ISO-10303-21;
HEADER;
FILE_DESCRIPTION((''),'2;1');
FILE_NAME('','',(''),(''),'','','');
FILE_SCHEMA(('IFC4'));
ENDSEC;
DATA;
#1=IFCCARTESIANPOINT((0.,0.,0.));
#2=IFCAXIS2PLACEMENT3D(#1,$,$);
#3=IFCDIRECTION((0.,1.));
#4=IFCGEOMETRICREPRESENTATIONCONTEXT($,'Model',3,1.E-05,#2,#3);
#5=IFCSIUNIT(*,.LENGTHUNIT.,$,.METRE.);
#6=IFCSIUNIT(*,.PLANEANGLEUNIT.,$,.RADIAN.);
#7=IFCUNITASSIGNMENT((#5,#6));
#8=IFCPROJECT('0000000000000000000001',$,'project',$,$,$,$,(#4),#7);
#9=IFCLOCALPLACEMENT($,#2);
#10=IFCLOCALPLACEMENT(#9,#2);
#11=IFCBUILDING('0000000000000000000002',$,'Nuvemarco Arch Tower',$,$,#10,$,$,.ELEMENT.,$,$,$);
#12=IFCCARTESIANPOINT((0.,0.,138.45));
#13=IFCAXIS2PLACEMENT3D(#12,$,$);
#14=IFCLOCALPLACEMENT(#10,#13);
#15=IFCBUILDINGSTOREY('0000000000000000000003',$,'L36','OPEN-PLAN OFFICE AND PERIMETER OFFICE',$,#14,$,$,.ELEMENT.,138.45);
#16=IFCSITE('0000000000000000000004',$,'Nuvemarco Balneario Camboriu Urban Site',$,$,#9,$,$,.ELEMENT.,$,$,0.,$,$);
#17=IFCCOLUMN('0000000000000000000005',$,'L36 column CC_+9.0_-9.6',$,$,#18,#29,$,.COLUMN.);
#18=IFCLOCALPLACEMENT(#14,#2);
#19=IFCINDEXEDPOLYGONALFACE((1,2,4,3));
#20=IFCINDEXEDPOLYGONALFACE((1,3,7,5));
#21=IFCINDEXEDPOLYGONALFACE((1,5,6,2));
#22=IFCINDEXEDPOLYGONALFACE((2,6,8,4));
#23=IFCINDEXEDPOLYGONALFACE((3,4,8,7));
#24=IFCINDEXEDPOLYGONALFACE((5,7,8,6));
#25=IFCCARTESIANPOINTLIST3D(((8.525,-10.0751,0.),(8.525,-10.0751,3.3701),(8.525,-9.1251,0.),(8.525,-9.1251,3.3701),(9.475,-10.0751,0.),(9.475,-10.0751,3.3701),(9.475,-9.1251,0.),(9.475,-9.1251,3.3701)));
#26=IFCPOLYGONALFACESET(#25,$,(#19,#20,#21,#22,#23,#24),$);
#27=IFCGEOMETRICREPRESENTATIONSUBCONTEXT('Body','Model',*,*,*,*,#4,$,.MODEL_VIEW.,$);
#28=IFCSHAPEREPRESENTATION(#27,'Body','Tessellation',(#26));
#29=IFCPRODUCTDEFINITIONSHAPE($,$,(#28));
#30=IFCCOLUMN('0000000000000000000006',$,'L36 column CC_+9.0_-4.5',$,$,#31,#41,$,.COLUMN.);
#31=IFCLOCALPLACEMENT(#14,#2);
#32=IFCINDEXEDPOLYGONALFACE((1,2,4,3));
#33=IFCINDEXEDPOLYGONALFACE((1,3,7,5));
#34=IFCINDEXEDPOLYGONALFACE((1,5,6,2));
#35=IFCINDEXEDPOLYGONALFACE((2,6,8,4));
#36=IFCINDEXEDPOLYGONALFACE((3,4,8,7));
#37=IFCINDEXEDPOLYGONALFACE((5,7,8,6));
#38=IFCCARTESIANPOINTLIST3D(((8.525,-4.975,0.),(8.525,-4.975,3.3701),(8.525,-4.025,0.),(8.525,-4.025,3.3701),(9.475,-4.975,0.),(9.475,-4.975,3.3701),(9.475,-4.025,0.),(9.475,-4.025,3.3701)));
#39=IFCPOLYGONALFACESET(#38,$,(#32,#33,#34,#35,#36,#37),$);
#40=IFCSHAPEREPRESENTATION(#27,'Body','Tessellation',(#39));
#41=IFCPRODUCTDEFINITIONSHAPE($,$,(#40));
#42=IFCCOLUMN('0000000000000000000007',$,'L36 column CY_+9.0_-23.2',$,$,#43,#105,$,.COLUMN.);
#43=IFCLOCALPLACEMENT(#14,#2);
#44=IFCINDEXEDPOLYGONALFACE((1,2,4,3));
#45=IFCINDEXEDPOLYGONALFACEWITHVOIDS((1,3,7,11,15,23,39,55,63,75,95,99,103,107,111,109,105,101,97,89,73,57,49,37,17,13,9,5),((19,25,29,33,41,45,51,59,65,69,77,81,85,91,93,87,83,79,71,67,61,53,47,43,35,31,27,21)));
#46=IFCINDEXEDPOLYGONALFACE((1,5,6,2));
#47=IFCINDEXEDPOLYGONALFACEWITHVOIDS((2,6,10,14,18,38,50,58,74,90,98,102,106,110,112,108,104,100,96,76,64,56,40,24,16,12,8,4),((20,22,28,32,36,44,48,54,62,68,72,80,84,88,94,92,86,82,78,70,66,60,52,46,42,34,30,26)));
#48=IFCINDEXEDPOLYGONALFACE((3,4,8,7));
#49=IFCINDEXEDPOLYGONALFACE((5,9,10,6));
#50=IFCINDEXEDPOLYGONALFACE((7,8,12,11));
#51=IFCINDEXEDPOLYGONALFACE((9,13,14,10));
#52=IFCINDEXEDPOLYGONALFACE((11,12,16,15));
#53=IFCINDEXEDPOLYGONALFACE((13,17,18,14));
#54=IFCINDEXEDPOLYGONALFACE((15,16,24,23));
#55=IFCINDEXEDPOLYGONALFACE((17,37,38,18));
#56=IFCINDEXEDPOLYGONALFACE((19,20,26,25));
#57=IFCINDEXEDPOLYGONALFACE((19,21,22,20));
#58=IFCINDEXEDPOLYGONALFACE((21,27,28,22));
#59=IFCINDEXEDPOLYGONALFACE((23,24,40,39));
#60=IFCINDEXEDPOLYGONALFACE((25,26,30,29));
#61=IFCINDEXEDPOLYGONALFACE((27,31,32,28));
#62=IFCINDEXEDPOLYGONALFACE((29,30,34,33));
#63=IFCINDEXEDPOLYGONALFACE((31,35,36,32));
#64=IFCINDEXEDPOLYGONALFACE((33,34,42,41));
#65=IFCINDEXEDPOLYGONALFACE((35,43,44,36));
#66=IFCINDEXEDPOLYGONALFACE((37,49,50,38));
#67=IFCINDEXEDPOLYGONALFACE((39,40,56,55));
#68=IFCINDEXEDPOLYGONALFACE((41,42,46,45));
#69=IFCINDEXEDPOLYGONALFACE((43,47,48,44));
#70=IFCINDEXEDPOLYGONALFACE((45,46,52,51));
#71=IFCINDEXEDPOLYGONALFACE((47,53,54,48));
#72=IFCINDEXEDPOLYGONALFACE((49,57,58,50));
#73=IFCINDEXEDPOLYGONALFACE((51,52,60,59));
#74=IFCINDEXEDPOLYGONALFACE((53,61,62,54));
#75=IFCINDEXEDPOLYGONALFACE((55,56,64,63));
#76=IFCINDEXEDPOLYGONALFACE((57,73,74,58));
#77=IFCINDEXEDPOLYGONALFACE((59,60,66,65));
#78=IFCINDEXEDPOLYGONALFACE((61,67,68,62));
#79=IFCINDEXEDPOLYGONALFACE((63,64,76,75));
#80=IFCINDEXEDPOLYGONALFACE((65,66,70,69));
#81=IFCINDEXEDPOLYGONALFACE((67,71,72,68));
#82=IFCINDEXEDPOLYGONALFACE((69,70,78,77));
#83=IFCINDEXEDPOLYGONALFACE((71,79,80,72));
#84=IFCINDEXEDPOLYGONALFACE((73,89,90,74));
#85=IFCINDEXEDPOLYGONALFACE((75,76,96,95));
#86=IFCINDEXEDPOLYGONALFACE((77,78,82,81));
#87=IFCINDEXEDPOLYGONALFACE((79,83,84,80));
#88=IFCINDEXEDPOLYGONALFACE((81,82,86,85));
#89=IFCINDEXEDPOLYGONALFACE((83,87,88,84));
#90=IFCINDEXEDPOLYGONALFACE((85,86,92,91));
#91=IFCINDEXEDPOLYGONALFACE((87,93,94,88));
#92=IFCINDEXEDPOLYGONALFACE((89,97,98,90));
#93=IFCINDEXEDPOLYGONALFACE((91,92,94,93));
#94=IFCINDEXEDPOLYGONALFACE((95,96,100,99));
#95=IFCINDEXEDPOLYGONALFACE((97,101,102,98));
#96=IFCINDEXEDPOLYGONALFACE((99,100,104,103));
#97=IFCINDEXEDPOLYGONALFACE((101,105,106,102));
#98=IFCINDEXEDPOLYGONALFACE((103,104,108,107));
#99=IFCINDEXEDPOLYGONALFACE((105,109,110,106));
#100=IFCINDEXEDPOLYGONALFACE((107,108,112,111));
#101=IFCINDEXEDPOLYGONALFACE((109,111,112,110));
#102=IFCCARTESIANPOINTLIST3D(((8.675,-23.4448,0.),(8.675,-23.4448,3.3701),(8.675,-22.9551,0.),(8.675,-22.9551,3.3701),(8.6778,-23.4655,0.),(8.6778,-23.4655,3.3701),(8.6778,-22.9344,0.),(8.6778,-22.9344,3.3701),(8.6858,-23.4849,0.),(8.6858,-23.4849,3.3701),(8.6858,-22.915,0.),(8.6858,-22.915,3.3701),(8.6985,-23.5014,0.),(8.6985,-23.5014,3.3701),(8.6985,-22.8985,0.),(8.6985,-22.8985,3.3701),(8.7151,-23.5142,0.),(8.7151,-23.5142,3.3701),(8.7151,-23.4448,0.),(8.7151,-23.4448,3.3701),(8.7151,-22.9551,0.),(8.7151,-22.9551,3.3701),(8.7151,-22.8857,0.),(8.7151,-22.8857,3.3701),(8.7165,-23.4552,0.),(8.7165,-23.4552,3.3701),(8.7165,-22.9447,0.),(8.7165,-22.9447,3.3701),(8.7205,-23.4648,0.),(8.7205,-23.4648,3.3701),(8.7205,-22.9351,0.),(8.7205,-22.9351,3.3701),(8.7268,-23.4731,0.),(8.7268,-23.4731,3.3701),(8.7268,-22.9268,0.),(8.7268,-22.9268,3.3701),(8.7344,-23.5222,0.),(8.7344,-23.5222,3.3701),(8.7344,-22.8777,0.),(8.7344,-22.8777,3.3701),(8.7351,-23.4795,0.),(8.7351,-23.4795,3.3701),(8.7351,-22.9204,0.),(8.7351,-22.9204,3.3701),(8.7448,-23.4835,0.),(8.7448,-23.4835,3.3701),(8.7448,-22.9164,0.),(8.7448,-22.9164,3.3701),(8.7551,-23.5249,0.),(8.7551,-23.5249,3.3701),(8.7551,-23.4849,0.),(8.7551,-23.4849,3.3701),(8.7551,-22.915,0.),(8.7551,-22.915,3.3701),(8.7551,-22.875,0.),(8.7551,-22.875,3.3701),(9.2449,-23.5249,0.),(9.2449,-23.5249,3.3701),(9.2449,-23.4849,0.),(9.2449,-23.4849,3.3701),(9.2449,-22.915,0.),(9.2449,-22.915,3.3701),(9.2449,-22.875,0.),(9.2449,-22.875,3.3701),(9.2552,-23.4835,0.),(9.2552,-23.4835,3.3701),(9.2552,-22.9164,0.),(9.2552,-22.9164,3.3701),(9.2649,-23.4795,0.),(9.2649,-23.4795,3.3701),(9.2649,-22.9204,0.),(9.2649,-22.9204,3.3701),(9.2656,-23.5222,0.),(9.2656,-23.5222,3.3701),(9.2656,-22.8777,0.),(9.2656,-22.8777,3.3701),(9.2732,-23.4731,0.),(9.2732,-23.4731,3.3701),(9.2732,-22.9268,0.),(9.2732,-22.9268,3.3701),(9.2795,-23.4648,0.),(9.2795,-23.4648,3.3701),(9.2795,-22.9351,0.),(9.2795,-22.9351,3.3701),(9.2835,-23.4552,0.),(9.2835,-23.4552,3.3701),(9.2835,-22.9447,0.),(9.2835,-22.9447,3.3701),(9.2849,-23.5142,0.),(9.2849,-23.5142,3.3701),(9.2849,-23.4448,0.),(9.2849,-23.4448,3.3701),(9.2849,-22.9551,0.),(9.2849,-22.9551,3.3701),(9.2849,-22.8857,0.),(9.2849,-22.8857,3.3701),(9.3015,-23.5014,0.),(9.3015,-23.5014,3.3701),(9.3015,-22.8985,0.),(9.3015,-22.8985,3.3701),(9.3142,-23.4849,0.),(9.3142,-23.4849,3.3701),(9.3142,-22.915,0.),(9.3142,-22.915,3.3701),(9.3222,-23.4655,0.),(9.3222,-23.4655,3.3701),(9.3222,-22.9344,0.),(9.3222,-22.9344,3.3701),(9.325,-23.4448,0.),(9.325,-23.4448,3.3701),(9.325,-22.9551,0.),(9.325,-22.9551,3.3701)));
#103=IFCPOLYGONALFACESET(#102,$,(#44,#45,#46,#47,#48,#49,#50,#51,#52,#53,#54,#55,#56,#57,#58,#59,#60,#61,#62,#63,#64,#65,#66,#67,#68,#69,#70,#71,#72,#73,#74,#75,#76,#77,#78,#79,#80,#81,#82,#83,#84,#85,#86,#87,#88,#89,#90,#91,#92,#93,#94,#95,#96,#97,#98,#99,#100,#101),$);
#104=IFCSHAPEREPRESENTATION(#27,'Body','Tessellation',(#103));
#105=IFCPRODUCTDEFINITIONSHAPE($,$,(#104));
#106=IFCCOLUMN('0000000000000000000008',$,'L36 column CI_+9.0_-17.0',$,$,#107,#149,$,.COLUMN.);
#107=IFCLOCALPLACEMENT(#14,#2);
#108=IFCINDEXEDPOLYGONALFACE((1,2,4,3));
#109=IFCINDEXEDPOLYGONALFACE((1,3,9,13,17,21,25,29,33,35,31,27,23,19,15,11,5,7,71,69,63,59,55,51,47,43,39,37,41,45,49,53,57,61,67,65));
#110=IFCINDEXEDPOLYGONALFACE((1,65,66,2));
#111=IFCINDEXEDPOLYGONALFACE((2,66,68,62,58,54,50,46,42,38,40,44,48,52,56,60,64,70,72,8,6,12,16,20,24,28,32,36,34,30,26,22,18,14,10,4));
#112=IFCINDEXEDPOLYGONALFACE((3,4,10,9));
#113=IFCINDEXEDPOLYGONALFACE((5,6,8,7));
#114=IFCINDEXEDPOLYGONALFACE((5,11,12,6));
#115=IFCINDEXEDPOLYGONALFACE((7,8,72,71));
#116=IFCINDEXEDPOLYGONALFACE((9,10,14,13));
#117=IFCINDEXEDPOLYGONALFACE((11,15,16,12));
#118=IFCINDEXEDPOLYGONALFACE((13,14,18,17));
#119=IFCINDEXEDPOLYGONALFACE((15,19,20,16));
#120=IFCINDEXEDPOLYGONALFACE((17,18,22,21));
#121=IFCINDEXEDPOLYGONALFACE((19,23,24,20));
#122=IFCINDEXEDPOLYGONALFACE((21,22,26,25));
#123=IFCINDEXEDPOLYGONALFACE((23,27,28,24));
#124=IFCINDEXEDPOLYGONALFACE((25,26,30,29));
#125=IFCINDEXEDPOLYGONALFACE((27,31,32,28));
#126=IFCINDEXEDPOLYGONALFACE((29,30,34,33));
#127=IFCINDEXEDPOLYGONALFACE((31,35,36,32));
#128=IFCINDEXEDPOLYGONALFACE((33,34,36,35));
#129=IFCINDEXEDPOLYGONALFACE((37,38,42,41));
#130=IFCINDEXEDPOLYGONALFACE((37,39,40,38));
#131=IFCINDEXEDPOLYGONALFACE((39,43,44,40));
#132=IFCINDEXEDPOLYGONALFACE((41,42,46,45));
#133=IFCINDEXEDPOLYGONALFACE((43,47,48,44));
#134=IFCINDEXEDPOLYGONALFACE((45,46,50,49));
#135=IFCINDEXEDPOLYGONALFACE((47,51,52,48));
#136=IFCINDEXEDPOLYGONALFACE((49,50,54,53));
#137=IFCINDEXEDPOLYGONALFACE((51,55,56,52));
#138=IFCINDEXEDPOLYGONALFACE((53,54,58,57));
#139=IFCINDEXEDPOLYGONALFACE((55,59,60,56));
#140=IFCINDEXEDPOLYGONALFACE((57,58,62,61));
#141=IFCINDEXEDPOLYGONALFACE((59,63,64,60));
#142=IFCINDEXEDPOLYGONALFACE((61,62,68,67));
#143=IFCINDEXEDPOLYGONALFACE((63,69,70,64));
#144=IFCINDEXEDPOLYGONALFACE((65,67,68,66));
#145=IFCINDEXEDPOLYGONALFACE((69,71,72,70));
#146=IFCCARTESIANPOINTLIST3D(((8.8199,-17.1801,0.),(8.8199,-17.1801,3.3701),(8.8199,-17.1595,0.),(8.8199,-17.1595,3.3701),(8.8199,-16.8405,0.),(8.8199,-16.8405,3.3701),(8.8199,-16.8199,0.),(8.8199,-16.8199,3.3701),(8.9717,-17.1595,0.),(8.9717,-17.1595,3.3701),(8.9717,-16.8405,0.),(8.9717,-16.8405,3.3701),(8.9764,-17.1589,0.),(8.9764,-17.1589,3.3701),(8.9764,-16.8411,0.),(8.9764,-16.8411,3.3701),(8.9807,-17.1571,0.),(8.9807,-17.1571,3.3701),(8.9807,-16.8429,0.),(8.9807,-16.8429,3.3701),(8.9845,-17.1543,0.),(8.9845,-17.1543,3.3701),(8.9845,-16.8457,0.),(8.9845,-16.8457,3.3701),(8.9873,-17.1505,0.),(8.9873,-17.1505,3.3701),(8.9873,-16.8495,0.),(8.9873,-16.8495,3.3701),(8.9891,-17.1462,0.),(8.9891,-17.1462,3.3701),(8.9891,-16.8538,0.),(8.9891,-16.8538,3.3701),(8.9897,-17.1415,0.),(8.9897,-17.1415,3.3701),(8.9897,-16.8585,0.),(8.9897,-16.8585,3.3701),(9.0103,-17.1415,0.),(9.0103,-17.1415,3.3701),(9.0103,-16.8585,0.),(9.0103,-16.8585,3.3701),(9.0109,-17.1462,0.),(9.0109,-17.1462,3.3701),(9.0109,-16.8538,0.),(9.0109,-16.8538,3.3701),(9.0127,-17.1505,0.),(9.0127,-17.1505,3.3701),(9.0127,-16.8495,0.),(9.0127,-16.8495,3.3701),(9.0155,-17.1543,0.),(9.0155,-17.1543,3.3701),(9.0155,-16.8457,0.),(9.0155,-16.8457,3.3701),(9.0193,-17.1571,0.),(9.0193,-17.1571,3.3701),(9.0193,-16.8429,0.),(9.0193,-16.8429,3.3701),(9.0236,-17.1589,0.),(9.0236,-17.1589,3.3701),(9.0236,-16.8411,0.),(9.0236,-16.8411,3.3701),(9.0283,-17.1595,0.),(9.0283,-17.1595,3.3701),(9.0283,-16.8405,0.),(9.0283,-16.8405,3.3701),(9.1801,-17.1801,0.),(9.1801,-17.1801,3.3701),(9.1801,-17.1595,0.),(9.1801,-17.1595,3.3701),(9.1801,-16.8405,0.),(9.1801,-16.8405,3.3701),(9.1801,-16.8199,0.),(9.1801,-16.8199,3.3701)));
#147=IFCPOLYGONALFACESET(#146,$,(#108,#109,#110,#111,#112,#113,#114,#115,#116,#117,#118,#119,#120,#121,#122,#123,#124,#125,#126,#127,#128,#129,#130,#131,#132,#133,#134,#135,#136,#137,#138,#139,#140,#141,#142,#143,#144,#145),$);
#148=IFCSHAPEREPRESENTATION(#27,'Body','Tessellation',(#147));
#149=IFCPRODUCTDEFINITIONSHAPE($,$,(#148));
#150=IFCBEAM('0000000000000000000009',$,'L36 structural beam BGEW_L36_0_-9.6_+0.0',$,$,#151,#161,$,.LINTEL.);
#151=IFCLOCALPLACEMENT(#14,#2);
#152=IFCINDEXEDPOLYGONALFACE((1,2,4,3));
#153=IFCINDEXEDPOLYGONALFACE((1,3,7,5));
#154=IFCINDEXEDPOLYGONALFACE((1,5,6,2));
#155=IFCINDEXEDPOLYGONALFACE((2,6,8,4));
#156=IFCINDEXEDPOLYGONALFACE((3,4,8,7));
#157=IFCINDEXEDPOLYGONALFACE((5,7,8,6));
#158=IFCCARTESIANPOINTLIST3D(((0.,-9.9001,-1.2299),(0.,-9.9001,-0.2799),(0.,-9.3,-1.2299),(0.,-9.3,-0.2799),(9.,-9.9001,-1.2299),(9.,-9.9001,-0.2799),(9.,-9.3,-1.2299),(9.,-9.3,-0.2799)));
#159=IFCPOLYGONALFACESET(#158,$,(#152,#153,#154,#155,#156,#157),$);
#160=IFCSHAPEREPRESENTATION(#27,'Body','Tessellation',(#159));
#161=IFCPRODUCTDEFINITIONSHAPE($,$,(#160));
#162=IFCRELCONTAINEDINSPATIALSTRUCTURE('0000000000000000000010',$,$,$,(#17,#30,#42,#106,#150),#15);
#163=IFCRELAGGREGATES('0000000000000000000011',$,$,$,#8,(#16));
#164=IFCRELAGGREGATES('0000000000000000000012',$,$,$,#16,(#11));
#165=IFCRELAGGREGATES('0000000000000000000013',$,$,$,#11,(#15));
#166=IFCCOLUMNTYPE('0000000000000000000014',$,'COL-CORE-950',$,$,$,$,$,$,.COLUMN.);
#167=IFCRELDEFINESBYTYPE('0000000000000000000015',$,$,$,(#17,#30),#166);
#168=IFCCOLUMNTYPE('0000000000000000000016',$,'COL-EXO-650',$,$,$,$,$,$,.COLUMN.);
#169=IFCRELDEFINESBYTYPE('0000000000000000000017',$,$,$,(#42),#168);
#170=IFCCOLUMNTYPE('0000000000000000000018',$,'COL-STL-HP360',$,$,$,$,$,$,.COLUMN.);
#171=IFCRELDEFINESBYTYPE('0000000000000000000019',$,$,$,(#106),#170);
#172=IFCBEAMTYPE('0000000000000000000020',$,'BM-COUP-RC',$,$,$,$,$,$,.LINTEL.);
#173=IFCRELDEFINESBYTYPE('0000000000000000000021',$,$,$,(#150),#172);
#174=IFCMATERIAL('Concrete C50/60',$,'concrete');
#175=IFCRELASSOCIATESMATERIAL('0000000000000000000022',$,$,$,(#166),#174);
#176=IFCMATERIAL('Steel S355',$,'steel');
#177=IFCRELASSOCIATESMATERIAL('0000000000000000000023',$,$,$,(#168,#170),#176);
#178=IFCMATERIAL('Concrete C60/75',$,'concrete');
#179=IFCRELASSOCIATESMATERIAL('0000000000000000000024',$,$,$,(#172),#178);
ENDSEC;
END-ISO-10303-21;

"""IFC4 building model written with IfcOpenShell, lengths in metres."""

from ifc_helpers import new_model, si_unit, direction, frame, origin, origin_2d, place, context, subcontext, project, spatial, rectangle, hollow_rectangle, i_section, extrude, material, material_profile, profile_set, type_object, element, save


model = new_model("IFC4")

# Units and contexts
model_context = context("Model", 3, precision=1e-05, world=origin(), true_north=direction((0.0, 1.0)))
body_context = subcontext(model_context, "Body", "Model", "MODEL_VIEW")
ifc_project = project(units=[si_unit("LENGTHUNIT", "METRE"), si_unit("PLANEANGLEUNIT", "RADIAN")], contexts=[model_context])

# Site, building, storey
site_placement = place(None, origin())
site = spatial("IfcSite", under=ifc_project, at=site_placement, Name="Nuvemarco Balneario Camboriu Urban Site", CompositionType="ELEMENT", RefElevation=0.0)
building_placement = place(site_placement, origin())
building = spatial("IfcBuilding", under=site, at=building_placement, Name="Nuvemarco Arch Tower", CompositionType="ELEMENT")
storey_placement = place(building_placement, frame((0.0, 0.0, 138.45)))
storey = spatial("IfcBuildingStorey", under=building, at=storey_placement, Name="L36", Description="OPEN-PLAN OFFICE AND PERIMETER OFFICE", CompositionType="ELEMENT", Elevation=138.45)

# Columns
ifc_material_1 = material(Name="Concrete C50/60", Category="concrete")
ifc_material_profile_1 = material_profile(ifc_material_1, rectangle(XDim=0.95, YDim=0.95, at=origin_2d()), Name="RC-COL-950x950")
ifc_profile_set_1 = profile_set([ifc_material_profile_1], Name="Concrete C50/60")
column_type_1 = type_object("IfcColumnType", Name="COL-CORE-950", PredefinedType="COLUMN", material=ifc_profile_set_1)
for number, where, z_axis, x_axis, name in (
    (1, (9.0, -9.6001, 0.0), (0.0, 0.0, 1.0), (1.0, 0.0, 0.0), "L36 column CC_+9.0_-9.6"),
    (2, (9.0, -4.5, 0.0), (0.0, 0.0, 1.0), (1.0, 0.0, 0.0), "L36 column CC_+9.0_-4.5"),
):
    element("IfcColumn", number, at=place(storey_placement, frame(where, z_axis=z_axis, x_axis=x_axis)), inside=storey, type_object=column_type_1, Name=name, PredefinedType="COLUMN", context=body_context, shape_type="SweptSolid", body=[
        extrude(rectangle(XDim=0.95, YDim=0.95, at=origin_2d()), origin(), (0.0, 0.0, 1.0), 3.3701),
    ])
ifc_material_2 = material(Name="Steel S355", Category="steel")
ifc_material_profile_2 = material_profile(ifc_material_2, hollow_rectangle(XDim=0.6499, YDim=0.6499, WallThickness=0.04, InnerFilletRadius=0.04, OuterFilletRadius=0.0801, at=origin_2d()), Name="SHS650x650x40")
ifc_profile_set_2 = profile_set([ifc_material_profile_2], Name="Steel S355")
column_type_2 = type_object("IfcColumnType", Name="COL-EXO-650", PredefinedType="COLUMN", material=ifc_profile_set_2)
column_1_placement = place(storey_placement, frame((9.0, -23.2, 0.0), z_axis=(0.0, 0.0, 1.0), x_axis=(1.0, 0.0, 0.0)))
element("IfcColumn", 3, at=column_1_placement, inside=storey, type_object=column_type_2, Name="L36 column CY_+9.0_-23.2", PredefinedType="COLUMN", context=body_context, shape_type="SweptSolid", body=[
    extrude(hollow_rectangle(XDim=0.6499, YDim=0.6499, WallThickness=0.04, InnerFilletRadius=0.04, OuterFilletRadius=0.0801, at=origin_2d()), origin(), (0.0, 0.0, 1.0), 3.3701),
])
ifc_material_profile_3 = material_profile(ifc_material_2, i_section(OverallWidth=0.3601, OverallDepth=0.3601, WebThickness=0.0205, FlangeThickness=0.0205, FilletRadius=0.0181, at=origin_2d()), Name="HP360x174")
ifc_profile_set_3 = profile_set([ifc_material_profile_3], Name="Steel S355")
column_type_3 = type_object("IfcColumnType", Name="COL-STL-HP360", PredefinedType="COLUMN", material=ifc_profile_set_3)
column_2_placement = place(storey_placement, frame((9.0, -17.0, 0.0), z_axis=(0.0, 0.0, 1.0), x_axis=(1.0, 0.0, 0.0)))
element("IfcColumn", 4, at=column_2_placement, inside=storey, type_object=column_type_3, Name="L36 column CI_+9.0_-17.0", PredefinedType="COLUMN", context=body_context, shape_type="SweptSolid", body=[
    extrude(i_section(OverallWidth=0.3601, OverallDepth=0.3601, WebThickness=0.0205, FlangeThickness=0.0205, FilletRadius=0.0181, at=origin_2d()), origin(), (0.0, 0.0, 1.0), 3.3701),
])

# Beam
ifc_material_3 = material(Name="Concrete C60/75", Category="concrete")
ifc_material_profile_4 = material_profile(ifc_material_3, rectangle(XDim=0.6001, YDim=0.95, at=origin_2d()), Name="RC-BM-600x950")
ifc_profile_set_4 = profile_set([ifc_material_profile_4], Name="Concrete C60/75")
beam_type_1 = type_object("IfcBeamType", Name="BM-COUP-RC", PredefinedType="LINTEL", material=ifc_profile_set_4)
beam_1_placement = place(storey_placement, frame((0.0, -9.6001, -0.7549), z_axis=(1.0, 0.0, 0.0), x_axis=(0.0, 1.0, 0.0)))
element("IfcBeam", 5, at=beam_1_placement, inside=storey, type_object=beam_type_1, Name="L36 structural beam BGEW_L36_0_-9.6_+0.0", PredefinedType="LINTEL", context=body_context, shape_type="SweptSolid", body=[
    extrude(rectangle(XDim=0.6001, YDim=0.95, at=origin_2d()), origin(), (0.0, 0.0, 1.0), 9.0),
])

save(model, "model.ifc")
